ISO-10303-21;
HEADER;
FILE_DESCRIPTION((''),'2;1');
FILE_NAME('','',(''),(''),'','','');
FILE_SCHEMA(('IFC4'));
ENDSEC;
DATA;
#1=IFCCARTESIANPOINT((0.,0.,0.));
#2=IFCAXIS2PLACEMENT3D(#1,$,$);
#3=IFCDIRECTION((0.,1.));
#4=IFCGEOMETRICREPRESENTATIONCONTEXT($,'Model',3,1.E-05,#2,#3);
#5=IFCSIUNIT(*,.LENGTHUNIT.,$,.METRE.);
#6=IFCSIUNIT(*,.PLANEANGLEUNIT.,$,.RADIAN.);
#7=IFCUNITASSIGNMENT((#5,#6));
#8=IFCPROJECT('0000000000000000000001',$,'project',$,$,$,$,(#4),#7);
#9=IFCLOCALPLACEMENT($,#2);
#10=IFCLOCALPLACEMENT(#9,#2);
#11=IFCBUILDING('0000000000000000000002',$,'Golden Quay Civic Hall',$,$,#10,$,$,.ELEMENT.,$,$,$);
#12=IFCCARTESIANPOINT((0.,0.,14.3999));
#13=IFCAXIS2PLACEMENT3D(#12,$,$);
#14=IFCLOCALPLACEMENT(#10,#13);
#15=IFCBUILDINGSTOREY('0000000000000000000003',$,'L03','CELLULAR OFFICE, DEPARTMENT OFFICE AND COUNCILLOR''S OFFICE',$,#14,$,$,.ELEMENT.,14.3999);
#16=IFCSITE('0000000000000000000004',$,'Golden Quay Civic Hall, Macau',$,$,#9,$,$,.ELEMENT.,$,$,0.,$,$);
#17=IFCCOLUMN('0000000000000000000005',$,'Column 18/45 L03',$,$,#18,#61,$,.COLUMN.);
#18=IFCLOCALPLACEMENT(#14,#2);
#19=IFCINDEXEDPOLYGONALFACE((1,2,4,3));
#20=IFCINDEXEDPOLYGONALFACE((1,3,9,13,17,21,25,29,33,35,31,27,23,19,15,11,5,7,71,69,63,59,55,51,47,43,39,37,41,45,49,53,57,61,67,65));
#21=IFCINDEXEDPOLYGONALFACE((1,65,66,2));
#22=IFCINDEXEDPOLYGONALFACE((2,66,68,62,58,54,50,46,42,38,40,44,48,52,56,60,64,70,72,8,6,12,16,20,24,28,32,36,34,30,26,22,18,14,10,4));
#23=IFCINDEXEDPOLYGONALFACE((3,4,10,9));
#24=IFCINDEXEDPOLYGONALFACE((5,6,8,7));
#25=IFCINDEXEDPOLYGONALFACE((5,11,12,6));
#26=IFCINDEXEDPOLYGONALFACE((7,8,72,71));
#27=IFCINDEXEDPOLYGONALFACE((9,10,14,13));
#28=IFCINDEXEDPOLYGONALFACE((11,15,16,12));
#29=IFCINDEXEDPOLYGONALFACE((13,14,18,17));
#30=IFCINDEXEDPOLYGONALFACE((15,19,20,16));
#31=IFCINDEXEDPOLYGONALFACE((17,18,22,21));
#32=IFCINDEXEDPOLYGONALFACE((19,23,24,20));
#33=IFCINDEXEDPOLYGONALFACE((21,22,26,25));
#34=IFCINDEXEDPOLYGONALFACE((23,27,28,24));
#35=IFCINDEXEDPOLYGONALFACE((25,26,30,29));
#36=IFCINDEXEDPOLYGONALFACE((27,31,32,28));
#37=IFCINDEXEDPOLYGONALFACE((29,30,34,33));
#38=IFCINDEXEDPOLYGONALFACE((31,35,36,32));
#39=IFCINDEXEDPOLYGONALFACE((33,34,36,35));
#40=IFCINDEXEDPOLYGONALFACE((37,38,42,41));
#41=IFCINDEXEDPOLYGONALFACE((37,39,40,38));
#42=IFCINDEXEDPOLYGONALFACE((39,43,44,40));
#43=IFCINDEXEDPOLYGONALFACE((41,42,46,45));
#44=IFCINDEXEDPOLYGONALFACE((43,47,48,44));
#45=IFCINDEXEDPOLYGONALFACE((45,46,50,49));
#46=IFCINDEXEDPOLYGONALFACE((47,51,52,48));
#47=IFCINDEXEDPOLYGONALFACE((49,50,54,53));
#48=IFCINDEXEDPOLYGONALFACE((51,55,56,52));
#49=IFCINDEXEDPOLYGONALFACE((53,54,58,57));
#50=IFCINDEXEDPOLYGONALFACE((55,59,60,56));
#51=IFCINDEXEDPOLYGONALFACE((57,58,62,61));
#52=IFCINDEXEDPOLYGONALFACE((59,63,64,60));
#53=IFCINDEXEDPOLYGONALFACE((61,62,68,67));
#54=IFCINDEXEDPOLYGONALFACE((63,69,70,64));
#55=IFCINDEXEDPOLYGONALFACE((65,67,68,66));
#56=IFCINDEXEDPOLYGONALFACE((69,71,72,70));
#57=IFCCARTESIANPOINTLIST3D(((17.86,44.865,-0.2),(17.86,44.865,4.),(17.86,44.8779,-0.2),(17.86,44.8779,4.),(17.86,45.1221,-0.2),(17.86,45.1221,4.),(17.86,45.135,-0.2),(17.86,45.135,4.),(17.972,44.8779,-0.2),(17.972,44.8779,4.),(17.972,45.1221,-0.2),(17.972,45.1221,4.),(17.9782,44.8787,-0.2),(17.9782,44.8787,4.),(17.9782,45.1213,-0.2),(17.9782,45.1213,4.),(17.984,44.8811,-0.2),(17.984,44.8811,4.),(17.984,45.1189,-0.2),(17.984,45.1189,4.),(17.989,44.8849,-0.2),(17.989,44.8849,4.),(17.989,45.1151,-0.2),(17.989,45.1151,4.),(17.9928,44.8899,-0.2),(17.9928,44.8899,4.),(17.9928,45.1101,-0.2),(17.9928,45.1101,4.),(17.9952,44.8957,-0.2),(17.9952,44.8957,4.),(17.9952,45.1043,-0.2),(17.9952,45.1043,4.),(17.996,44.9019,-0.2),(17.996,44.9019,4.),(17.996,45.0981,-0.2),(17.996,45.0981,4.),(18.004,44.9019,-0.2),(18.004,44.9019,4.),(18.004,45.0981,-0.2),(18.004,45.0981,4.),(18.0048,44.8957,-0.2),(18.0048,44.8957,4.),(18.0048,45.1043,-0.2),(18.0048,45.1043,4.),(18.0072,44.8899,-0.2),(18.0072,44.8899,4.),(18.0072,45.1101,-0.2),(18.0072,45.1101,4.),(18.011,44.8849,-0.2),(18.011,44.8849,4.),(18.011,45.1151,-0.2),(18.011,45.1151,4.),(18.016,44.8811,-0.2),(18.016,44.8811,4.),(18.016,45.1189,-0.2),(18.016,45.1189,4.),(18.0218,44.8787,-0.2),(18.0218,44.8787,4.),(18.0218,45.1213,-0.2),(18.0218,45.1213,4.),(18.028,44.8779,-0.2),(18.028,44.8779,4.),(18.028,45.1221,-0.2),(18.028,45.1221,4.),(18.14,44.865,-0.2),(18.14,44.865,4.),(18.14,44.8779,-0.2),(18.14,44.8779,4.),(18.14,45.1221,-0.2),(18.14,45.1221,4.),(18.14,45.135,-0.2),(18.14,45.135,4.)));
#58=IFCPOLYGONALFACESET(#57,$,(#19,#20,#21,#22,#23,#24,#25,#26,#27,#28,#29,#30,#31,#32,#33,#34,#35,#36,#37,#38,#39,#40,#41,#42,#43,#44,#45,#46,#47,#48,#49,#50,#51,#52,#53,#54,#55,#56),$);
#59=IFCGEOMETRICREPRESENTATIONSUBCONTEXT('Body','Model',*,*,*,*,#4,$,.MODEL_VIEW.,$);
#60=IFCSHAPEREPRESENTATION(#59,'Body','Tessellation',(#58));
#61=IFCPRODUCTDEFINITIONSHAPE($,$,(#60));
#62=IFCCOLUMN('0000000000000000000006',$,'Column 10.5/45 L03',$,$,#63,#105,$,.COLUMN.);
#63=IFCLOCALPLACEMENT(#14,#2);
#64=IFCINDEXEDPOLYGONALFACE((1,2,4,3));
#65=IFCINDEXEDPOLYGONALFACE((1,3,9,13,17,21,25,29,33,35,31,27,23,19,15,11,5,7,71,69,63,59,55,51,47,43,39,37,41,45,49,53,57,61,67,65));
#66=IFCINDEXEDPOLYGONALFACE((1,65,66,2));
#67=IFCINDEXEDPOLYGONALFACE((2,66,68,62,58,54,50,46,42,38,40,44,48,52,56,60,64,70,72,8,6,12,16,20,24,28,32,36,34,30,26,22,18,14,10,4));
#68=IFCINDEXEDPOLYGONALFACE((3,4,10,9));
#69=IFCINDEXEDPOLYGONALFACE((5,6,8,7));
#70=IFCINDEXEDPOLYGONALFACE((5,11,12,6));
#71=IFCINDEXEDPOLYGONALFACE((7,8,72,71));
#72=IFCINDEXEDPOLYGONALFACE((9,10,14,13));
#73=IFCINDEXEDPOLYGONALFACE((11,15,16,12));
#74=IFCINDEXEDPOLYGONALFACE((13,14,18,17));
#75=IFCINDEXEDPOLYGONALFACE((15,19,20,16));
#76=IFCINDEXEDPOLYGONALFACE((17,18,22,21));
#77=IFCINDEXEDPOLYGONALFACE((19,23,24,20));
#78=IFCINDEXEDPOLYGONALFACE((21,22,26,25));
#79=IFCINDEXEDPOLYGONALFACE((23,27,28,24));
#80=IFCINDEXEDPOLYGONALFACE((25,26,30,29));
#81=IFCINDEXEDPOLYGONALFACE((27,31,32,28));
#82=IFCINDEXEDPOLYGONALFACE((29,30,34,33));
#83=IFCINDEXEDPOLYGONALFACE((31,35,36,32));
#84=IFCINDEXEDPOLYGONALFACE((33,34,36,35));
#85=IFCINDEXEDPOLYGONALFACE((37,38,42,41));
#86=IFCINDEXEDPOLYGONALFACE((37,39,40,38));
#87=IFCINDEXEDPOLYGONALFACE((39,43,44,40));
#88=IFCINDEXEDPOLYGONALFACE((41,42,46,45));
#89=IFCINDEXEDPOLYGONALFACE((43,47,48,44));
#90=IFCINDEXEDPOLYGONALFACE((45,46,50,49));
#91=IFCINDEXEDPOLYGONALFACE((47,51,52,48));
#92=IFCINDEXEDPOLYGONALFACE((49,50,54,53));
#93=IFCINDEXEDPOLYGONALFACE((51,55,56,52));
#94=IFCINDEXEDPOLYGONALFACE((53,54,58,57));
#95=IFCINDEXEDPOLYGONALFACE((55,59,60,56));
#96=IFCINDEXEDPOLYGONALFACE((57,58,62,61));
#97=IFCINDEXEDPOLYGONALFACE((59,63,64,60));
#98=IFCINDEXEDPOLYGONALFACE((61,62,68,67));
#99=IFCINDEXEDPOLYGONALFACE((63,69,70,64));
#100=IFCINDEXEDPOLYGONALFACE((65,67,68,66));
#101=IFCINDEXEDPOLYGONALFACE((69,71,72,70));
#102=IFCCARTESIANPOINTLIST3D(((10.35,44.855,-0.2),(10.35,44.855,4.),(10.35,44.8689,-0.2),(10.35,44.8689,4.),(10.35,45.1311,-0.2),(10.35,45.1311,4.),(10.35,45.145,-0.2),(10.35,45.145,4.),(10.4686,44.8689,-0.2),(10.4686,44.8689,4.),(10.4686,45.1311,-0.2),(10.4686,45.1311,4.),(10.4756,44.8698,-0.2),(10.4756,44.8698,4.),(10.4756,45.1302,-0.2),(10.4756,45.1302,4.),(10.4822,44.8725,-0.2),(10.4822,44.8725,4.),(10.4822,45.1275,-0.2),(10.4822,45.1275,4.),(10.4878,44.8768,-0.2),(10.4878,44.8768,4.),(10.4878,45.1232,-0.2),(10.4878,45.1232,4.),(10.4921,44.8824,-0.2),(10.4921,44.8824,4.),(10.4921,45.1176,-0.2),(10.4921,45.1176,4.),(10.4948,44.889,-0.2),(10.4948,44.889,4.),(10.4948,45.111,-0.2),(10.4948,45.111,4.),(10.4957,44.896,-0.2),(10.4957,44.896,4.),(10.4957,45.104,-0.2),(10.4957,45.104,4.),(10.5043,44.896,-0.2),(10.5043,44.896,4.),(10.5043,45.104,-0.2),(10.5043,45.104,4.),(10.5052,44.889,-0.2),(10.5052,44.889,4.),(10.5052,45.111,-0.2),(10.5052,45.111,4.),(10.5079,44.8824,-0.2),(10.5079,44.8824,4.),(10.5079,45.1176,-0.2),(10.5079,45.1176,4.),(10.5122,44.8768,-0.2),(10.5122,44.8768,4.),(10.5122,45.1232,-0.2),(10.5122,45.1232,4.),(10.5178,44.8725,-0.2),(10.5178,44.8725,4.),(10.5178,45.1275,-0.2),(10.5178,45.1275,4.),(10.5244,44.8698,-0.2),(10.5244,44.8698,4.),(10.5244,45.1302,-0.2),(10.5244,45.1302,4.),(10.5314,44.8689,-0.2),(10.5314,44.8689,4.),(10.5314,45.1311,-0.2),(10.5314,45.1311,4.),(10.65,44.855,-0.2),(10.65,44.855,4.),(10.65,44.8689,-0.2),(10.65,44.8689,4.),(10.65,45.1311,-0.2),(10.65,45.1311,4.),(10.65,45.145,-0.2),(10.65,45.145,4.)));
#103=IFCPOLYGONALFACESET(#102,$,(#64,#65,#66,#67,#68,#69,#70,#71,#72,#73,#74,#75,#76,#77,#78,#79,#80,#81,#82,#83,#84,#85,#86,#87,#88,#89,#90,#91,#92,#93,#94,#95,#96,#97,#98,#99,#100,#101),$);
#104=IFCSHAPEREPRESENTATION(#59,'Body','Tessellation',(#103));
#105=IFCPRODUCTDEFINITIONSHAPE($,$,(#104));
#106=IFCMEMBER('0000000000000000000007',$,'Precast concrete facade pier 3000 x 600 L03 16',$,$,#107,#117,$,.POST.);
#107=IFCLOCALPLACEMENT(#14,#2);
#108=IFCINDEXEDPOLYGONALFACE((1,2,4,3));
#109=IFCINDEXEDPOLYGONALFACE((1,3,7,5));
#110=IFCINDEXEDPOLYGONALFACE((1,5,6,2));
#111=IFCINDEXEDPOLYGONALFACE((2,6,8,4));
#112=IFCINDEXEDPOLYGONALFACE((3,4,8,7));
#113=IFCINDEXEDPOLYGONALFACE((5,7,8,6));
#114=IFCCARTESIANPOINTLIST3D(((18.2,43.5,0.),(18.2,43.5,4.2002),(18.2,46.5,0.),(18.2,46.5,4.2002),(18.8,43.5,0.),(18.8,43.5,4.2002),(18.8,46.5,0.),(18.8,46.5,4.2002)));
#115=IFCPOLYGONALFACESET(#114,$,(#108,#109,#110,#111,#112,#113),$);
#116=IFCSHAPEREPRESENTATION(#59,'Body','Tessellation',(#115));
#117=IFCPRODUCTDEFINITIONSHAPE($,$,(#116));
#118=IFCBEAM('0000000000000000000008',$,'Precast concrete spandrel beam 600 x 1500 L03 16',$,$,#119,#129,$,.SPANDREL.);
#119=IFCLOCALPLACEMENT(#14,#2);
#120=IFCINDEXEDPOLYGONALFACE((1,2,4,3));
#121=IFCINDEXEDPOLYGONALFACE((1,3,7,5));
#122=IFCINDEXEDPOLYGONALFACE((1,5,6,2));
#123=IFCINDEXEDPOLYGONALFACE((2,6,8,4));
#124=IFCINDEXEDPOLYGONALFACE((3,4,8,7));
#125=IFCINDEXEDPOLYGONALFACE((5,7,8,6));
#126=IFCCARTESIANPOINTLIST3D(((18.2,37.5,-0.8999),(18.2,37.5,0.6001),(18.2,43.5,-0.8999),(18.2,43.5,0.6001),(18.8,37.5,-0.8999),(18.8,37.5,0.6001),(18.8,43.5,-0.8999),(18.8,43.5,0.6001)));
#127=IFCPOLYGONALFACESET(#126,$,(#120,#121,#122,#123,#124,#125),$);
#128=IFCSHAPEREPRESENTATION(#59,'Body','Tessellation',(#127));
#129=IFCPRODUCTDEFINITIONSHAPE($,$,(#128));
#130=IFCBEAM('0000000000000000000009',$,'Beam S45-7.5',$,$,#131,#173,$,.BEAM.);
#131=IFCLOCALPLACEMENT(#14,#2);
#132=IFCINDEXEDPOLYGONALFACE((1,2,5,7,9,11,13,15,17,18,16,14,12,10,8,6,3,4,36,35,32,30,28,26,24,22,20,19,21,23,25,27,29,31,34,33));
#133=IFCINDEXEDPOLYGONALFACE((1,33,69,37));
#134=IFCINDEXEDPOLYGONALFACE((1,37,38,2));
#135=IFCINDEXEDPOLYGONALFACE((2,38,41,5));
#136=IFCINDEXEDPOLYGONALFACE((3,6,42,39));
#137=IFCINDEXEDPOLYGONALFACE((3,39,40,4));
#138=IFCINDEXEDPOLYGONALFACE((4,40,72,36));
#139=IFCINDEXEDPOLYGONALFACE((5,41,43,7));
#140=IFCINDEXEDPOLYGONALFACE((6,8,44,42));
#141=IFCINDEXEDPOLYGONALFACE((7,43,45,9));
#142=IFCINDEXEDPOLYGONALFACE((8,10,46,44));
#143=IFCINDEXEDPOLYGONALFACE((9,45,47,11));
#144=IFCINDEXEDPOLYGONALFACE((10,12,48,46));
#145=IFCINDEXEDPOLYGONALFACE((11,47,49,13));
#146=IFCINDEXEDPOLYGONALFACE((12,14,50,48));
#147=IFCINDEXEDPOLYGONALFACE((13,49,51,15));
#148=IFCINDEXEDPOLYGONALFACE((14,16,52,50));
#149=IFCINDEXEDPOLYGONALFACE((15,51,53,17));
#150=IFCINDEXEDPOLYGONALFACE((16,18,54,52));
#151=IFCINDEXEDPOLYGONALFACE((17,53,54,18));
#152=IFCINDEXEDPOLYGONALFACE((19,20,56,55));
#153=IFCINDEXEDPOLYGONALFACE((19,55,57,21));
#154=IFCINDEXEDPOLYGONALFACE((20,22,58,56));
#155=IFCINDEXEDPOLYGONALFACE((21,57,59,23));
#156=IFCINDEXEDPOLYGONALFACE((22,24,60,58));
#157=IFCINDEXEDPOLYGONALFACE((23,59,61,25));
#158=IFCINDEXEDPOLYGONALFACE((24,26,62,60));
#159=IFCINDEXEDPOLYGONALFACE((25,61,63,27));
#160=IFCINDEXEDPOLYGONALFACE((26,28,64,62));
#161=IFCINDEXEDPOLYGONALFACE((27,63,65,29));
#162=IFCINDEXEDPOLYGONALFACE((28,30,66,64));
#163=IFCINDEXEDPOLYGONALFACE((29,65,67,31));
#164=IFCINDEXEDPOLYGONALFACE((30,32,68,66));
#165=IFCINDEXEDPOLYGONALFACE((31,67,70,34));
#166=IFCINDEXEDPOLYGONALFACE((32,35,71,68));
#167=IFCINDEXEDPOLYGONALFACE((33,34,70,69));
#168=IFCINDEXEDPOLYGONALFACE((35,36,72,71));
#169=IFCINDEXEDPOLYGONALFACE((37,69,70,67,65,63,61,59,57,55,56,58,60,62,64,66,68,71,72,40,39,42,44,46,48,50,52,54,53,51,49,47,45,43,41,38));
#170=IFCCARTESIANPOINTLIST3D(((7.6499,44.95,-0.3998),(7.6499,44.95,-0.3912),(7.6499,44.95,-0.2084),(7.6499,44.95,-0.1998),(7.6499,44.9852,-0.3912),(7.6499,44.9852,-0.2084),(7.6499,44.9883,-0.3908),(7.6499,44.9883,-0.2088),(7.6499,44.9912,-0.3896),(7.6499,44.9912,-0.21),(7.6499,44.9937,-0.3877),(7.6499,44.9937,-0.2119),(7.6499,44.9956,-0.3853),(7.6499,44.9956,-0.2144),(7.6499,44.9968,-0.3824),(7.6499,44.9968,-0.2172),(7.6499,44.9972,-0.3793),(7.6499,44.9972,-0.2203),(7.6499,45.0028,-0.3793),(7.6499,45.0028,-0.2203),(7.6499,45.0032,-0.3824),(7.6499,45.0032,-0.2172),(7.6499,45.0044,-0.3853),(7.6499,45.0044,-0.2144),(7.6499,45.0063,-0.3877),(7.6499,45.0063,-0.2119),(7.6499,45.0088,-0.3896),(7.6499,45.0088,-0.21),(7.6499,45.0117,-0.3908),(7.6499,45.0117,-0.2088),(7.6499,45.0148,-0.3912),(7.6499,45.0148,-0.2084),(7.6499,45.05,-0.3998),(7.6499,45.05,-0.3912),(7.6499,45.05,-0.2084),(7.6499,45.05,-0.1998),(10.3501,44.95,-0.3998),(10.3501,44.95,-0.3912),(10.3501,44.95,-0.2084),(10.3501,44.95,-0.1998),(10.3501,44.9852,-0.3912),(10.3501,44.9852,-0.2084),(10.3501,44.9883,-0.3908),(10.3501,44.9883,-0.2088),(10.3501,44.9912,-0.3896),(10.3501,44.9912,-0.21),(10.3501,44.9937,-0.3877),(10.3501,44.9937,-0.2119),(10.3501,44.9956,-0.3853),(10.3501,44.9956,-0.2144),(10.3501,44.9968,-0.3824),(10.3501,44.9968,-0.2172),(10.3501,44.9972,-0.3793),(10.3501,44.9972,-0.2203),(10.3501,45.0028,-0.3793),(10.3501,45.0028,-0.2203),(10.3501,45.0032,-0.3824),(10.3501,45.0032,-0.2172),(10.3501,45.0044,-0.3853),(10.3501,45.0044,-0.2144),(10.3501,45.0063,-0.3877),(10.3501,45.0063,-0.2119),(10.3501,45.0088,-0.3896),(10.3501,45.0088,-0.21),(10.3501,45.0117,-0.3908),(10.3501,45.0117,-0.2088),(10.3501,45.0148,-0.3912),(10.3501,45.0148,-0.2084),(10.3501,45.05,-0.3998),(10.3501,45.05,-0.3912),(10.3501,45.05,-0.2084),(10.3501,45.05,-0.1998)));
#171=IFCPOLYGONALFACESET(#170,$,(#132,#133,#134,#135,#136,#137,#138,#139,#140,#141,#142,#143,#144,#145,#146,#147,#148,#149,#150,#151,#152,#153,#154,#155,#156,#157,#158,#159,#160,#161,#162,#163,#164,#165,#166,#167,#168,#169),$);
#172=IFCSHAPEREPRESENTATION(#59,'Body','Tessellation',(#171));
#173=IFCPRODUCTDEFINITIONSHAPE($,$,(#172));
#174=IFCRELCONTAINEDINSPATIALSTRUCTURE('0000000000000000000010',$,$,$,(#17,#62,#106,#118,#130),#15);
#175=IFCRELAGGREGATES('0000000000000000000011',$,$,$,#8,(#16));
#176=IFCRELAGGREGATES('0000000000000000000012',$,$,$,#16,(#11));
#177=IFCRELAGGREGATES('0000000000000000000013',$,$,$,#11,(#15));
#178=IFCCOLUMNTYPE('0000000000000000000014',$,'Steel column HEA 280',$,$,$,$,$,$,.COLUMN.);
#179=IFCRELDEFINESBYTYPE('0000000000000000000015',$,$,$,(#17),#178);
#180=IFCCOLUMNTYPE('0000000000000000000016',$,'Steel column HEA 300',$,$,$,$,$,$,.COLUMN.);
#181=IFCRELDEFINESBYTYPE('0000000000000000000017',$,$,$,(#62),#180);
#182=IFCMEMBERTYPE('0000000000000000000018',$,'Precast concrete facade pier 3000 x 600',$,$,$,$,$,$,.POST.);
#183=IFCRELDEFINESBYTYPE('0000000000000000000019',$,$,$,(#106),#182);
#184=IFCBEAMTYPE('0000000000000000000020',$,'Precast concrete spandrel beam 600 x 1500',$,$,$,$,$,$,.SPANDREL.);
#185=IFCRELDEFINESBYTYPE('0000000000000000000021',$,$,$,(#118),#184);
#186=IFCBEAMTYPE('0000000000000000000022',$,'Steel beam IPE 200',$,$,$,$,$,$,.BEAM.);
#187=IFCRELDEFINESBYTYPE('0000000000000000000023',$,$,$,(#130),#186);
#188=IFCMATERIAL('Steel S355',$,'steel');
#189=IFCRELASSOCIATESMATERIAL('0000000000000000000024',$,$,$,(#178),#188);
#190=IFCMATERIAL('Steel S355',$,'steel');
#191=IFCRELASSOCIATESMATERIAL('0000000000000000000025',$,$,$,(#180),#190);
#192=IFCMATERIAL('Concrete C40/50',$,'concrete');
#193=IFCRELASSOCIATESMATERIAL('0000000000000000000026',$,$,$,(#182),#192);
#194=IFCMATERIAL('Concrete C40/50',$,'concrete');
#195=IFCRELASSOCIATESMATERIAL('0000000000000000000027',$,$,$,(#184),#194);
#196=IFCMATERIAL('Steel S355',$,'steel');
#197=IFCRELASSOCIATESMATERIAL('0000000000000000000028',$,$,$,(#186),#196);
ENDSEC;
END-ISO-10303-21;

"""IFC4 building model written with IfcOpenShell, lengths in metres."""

from ifc_helpers import new_model, si_unit, direction, frame, origin, origin_2d, place, context, subcontext, project, spatial, rectangle, i_section, extrude, material, material_profile, profile_set, type_object, element, save


model = new_model("IFC4")

# Units and contexts
model_context = context("Model", 3, precision=1e-05, world=origin(), true_north=direction((0.0, 1.0)))
body_context = subcontext(model_context, "Body", "Model", "MODEL_VIEW")
ifc_project = project(units=[si_unit("LENGTHUNIT", "METRE"), si_unit("PLANEANGLEUNIT", "RADIAN")], contexts=[model_context])

# Site, building, storey
site_placement = place(None, origin())
site = spatial("IfcSite", under=ifc_project, at=site_placement, Name="Golden Quay Civic Hall, Macau", CompositionType="ELEMENT", RefElevation=0.0)
building_placement = place(site_placement, origin())
building = spatial("IfcBuilding", under=site, at=building_placement, Name="Golden Quay Civic Hall", CompositionType="ELEMENT")
storey_placement = place(building_placement, frame((0.0, 0.0, 14.3999)))
storey = spatial("IfcBuildingStorey", under=building, at=storey_placement, Name="L03", Description="CELLULAR OFFICE, DEPARTMENT OFFICE AND COUNCILLOR'S OFFICE", CompositionType="ELEMENT", Elevation=14.3999)

# Columns
ifc_material_1 = material(Name="Steel S355", Category="steel")
ifc_material_profile_1 = material_profile(ifc_material_1, i_section(OverallWidth=0.28, OverallDepth=0.27, WebThickness=0.0081, FlangeThickness=0.0129, FilletRadius=0.0239, at=origin_2d()), Name="HEA 280")
ifc_profile_set_1 = profile_set([ifc_material_profile_1], Name="Steel S355")
column_type_1 = type_object("IfcColumnType", Name="Steel column HEA 280", PredefinedType="COLUMN", material=ifc_profile_set_1)
column_1_placement = place(storey_placement, frame((18.0, 45.0, -0.2), z_axis=(0.0, 0.0, 1.0), x_axis=(1.0, 0.0, 0.0)))
element("IfcColumn", 1, at=column_1_placement, inside=storey, type_object=column_type_1, Name="Column 18/45 L03", PredefinedType="COLUMN", context=body_context, shape_type="SweptSolid", body=[
    extrude(i_section(OverallWidth=0.28, OverallDepth=0.27, WebThickness=0.0081, FlangeThickness=0.0129, FilletRadius=0.0239, at=origin_2d()), origin(), (0.0, 0.0, 1.0), 4.2),
])
ifc_material_2 = material(Name="Steel S355", Category="steel")
ifc_material_profile_2 = material_profile(ifc_material_2, i_section(OverallWidth=0.3, OverallDepth=0.29, WebThickness=0.0085, FlangeThickness=0.0139, FilletRadius=0.0271, at=origin_2d()), Name="HEA 300")
ifc_profile_set_2 = profile_set([ifc_material_profile_2], Name="Steel S355")
column_type_2 = type_object("IfcColumnType", Name="Steel column HEA 300", PredefinedType="COLUMN", material=ifc_profile_set_2)
column_2_placement = place(storey_placement, frame((10.5, 45.0, -0.2), z_axis=(0.0, 0.0, 1.0), x_axis=(1.0, 0.0, 0.0)))
element("IfcColumn", 2, at=column_2_placement, inside=storey, type_object=column_type_2, Name="Column 10.5/45 L03", PredefinedType="COLUMN", context=body_context, shape_type="SweptSolid", body=[
    extrude(i_section(OverallWidth=0.3, OverallDepth=0.29, WebThickness=0.0085, FlangeThickness=0.0139, FilletRadius=0.0271, at=origin_2d()), origin(), (0.0, 0.0, 1.0), 4.2),
])

# Member
ifc_material_3 = material(Name="Concrete C40/50", Category="concrete")
ifc_material_profile_3 = material_profile(ifc_material_3, rectangle(XDim=3.0, YDim=0.6001, at=origin_2d()), Name="RC 3000x600")
ifc_profile_set_3 = profile_set([ifc_material_profile_3], Name="Concrete C40/50")
member_type = type_object("IfcMemberType", Name="Precast concrete facade pier 3000 x 600", PredefinedType="POST", material=ifc_profile_set_3)
member_placement = place(storey_placement, frame((18.5, 45.0, 0.0), z_axis=(0.0, 0.0, 1.0), x_axis=(0.0, 1.0, 0.0)))
element("IfcMember", 3, at=member_placement, inside=storey, type_object=member_type, Name="Precast concrete facade pier 3000 x 600 L03 16", PredefinedType="POST", context=body_context, shape_type="SweptSolid", body=[
    extrude(rectangle(XDim=3.0, YDim=0.6001, at=origin_2d()), origin(), (0.0, 0.0, 1.0), 4.2002),
])

# Beams
ifc_material_4 = material(Name="Concrete C40/50", Category="concrete")
ifc_material_profile_4 = material_profile(ifc_material_4, rectangle(XDim=0.6001, YDim=1.5, at=origin_2d()), Name="RC 600x1500")
ifc_profile_set_4 = profile_set([ifc_material_profile_4], Name="Concrete C40/50")
beam_type_1 = type_object("IfcBeamType", Name="Precast concrete spandrel beam 600 x 1500", PredefinedType="SPANDREL", material=ifc_profile_set_4)
beam_1_placement = place(storey_placement, frame((18.5, 37.5, -0.1499), z_axis=(0.0, 1.0, 0.0), x_axis=(-1.0, 0.0, 0.0)))
element("IfcBeam", 4, at=beam_1_placement, inside=storey, type_object=beam_type_1, Name="Precast concrete spandrel beam 600 x 1500 L03 16", PredefinedType="SPANDREL", context=body_context, shape_type="SweptSolid", body=[
    extrude(rectangle(XDim=0.6001, YDim=1.5, at=origin_2d()), origin(), (0.0, 0.0, 1.0), 6.0),
])
ifc_material_5 = material(Name="Steel S355", Category="steel")
ifc_material_profile_5 = material_profile(ifc_material_5, i_section(OverallWidth=0.1001, OverallDepth=0.2, WebThickness=0.0056, FlangeThickness=0.0085, FilletRadius=0.012, at=origin_2d()), Name="IPE 200")
ifc_profile_set_5 = profile_set([ifc_material_profile_5], Name="Steel S355")
beam_type_2 = type_object("IfcBeamType", Name="Steel beam IPE 200", PredefinedType="BEAM", material=ifc_profile_set_5)
beam_2_placement = place(storey_placement, frame((7.6499, 45.0, -0.2998), z_axis=(1.0, 0.0, 0.0), x_axis=(0.0, 1.0, 0.0)))
element("IfcBeam", 5, at=beam_2_placement, inside=storey, type_object=beam_type_2, Name="Beam S45-7.5", PredefinedType="BEAM", context=body_context, shape_type="SweptSolid", body=[
    extrude(i_section(OverallWidth=0.1001, OverallDepth=0.2, WebThickness=0.0056, FlangeThickness=0.0085, FilletRadius=0.012, at=origin_2d()), origin(), (0.0, 0.0, 1.0), 2.7002),
])

save(model, "model.ifc")
